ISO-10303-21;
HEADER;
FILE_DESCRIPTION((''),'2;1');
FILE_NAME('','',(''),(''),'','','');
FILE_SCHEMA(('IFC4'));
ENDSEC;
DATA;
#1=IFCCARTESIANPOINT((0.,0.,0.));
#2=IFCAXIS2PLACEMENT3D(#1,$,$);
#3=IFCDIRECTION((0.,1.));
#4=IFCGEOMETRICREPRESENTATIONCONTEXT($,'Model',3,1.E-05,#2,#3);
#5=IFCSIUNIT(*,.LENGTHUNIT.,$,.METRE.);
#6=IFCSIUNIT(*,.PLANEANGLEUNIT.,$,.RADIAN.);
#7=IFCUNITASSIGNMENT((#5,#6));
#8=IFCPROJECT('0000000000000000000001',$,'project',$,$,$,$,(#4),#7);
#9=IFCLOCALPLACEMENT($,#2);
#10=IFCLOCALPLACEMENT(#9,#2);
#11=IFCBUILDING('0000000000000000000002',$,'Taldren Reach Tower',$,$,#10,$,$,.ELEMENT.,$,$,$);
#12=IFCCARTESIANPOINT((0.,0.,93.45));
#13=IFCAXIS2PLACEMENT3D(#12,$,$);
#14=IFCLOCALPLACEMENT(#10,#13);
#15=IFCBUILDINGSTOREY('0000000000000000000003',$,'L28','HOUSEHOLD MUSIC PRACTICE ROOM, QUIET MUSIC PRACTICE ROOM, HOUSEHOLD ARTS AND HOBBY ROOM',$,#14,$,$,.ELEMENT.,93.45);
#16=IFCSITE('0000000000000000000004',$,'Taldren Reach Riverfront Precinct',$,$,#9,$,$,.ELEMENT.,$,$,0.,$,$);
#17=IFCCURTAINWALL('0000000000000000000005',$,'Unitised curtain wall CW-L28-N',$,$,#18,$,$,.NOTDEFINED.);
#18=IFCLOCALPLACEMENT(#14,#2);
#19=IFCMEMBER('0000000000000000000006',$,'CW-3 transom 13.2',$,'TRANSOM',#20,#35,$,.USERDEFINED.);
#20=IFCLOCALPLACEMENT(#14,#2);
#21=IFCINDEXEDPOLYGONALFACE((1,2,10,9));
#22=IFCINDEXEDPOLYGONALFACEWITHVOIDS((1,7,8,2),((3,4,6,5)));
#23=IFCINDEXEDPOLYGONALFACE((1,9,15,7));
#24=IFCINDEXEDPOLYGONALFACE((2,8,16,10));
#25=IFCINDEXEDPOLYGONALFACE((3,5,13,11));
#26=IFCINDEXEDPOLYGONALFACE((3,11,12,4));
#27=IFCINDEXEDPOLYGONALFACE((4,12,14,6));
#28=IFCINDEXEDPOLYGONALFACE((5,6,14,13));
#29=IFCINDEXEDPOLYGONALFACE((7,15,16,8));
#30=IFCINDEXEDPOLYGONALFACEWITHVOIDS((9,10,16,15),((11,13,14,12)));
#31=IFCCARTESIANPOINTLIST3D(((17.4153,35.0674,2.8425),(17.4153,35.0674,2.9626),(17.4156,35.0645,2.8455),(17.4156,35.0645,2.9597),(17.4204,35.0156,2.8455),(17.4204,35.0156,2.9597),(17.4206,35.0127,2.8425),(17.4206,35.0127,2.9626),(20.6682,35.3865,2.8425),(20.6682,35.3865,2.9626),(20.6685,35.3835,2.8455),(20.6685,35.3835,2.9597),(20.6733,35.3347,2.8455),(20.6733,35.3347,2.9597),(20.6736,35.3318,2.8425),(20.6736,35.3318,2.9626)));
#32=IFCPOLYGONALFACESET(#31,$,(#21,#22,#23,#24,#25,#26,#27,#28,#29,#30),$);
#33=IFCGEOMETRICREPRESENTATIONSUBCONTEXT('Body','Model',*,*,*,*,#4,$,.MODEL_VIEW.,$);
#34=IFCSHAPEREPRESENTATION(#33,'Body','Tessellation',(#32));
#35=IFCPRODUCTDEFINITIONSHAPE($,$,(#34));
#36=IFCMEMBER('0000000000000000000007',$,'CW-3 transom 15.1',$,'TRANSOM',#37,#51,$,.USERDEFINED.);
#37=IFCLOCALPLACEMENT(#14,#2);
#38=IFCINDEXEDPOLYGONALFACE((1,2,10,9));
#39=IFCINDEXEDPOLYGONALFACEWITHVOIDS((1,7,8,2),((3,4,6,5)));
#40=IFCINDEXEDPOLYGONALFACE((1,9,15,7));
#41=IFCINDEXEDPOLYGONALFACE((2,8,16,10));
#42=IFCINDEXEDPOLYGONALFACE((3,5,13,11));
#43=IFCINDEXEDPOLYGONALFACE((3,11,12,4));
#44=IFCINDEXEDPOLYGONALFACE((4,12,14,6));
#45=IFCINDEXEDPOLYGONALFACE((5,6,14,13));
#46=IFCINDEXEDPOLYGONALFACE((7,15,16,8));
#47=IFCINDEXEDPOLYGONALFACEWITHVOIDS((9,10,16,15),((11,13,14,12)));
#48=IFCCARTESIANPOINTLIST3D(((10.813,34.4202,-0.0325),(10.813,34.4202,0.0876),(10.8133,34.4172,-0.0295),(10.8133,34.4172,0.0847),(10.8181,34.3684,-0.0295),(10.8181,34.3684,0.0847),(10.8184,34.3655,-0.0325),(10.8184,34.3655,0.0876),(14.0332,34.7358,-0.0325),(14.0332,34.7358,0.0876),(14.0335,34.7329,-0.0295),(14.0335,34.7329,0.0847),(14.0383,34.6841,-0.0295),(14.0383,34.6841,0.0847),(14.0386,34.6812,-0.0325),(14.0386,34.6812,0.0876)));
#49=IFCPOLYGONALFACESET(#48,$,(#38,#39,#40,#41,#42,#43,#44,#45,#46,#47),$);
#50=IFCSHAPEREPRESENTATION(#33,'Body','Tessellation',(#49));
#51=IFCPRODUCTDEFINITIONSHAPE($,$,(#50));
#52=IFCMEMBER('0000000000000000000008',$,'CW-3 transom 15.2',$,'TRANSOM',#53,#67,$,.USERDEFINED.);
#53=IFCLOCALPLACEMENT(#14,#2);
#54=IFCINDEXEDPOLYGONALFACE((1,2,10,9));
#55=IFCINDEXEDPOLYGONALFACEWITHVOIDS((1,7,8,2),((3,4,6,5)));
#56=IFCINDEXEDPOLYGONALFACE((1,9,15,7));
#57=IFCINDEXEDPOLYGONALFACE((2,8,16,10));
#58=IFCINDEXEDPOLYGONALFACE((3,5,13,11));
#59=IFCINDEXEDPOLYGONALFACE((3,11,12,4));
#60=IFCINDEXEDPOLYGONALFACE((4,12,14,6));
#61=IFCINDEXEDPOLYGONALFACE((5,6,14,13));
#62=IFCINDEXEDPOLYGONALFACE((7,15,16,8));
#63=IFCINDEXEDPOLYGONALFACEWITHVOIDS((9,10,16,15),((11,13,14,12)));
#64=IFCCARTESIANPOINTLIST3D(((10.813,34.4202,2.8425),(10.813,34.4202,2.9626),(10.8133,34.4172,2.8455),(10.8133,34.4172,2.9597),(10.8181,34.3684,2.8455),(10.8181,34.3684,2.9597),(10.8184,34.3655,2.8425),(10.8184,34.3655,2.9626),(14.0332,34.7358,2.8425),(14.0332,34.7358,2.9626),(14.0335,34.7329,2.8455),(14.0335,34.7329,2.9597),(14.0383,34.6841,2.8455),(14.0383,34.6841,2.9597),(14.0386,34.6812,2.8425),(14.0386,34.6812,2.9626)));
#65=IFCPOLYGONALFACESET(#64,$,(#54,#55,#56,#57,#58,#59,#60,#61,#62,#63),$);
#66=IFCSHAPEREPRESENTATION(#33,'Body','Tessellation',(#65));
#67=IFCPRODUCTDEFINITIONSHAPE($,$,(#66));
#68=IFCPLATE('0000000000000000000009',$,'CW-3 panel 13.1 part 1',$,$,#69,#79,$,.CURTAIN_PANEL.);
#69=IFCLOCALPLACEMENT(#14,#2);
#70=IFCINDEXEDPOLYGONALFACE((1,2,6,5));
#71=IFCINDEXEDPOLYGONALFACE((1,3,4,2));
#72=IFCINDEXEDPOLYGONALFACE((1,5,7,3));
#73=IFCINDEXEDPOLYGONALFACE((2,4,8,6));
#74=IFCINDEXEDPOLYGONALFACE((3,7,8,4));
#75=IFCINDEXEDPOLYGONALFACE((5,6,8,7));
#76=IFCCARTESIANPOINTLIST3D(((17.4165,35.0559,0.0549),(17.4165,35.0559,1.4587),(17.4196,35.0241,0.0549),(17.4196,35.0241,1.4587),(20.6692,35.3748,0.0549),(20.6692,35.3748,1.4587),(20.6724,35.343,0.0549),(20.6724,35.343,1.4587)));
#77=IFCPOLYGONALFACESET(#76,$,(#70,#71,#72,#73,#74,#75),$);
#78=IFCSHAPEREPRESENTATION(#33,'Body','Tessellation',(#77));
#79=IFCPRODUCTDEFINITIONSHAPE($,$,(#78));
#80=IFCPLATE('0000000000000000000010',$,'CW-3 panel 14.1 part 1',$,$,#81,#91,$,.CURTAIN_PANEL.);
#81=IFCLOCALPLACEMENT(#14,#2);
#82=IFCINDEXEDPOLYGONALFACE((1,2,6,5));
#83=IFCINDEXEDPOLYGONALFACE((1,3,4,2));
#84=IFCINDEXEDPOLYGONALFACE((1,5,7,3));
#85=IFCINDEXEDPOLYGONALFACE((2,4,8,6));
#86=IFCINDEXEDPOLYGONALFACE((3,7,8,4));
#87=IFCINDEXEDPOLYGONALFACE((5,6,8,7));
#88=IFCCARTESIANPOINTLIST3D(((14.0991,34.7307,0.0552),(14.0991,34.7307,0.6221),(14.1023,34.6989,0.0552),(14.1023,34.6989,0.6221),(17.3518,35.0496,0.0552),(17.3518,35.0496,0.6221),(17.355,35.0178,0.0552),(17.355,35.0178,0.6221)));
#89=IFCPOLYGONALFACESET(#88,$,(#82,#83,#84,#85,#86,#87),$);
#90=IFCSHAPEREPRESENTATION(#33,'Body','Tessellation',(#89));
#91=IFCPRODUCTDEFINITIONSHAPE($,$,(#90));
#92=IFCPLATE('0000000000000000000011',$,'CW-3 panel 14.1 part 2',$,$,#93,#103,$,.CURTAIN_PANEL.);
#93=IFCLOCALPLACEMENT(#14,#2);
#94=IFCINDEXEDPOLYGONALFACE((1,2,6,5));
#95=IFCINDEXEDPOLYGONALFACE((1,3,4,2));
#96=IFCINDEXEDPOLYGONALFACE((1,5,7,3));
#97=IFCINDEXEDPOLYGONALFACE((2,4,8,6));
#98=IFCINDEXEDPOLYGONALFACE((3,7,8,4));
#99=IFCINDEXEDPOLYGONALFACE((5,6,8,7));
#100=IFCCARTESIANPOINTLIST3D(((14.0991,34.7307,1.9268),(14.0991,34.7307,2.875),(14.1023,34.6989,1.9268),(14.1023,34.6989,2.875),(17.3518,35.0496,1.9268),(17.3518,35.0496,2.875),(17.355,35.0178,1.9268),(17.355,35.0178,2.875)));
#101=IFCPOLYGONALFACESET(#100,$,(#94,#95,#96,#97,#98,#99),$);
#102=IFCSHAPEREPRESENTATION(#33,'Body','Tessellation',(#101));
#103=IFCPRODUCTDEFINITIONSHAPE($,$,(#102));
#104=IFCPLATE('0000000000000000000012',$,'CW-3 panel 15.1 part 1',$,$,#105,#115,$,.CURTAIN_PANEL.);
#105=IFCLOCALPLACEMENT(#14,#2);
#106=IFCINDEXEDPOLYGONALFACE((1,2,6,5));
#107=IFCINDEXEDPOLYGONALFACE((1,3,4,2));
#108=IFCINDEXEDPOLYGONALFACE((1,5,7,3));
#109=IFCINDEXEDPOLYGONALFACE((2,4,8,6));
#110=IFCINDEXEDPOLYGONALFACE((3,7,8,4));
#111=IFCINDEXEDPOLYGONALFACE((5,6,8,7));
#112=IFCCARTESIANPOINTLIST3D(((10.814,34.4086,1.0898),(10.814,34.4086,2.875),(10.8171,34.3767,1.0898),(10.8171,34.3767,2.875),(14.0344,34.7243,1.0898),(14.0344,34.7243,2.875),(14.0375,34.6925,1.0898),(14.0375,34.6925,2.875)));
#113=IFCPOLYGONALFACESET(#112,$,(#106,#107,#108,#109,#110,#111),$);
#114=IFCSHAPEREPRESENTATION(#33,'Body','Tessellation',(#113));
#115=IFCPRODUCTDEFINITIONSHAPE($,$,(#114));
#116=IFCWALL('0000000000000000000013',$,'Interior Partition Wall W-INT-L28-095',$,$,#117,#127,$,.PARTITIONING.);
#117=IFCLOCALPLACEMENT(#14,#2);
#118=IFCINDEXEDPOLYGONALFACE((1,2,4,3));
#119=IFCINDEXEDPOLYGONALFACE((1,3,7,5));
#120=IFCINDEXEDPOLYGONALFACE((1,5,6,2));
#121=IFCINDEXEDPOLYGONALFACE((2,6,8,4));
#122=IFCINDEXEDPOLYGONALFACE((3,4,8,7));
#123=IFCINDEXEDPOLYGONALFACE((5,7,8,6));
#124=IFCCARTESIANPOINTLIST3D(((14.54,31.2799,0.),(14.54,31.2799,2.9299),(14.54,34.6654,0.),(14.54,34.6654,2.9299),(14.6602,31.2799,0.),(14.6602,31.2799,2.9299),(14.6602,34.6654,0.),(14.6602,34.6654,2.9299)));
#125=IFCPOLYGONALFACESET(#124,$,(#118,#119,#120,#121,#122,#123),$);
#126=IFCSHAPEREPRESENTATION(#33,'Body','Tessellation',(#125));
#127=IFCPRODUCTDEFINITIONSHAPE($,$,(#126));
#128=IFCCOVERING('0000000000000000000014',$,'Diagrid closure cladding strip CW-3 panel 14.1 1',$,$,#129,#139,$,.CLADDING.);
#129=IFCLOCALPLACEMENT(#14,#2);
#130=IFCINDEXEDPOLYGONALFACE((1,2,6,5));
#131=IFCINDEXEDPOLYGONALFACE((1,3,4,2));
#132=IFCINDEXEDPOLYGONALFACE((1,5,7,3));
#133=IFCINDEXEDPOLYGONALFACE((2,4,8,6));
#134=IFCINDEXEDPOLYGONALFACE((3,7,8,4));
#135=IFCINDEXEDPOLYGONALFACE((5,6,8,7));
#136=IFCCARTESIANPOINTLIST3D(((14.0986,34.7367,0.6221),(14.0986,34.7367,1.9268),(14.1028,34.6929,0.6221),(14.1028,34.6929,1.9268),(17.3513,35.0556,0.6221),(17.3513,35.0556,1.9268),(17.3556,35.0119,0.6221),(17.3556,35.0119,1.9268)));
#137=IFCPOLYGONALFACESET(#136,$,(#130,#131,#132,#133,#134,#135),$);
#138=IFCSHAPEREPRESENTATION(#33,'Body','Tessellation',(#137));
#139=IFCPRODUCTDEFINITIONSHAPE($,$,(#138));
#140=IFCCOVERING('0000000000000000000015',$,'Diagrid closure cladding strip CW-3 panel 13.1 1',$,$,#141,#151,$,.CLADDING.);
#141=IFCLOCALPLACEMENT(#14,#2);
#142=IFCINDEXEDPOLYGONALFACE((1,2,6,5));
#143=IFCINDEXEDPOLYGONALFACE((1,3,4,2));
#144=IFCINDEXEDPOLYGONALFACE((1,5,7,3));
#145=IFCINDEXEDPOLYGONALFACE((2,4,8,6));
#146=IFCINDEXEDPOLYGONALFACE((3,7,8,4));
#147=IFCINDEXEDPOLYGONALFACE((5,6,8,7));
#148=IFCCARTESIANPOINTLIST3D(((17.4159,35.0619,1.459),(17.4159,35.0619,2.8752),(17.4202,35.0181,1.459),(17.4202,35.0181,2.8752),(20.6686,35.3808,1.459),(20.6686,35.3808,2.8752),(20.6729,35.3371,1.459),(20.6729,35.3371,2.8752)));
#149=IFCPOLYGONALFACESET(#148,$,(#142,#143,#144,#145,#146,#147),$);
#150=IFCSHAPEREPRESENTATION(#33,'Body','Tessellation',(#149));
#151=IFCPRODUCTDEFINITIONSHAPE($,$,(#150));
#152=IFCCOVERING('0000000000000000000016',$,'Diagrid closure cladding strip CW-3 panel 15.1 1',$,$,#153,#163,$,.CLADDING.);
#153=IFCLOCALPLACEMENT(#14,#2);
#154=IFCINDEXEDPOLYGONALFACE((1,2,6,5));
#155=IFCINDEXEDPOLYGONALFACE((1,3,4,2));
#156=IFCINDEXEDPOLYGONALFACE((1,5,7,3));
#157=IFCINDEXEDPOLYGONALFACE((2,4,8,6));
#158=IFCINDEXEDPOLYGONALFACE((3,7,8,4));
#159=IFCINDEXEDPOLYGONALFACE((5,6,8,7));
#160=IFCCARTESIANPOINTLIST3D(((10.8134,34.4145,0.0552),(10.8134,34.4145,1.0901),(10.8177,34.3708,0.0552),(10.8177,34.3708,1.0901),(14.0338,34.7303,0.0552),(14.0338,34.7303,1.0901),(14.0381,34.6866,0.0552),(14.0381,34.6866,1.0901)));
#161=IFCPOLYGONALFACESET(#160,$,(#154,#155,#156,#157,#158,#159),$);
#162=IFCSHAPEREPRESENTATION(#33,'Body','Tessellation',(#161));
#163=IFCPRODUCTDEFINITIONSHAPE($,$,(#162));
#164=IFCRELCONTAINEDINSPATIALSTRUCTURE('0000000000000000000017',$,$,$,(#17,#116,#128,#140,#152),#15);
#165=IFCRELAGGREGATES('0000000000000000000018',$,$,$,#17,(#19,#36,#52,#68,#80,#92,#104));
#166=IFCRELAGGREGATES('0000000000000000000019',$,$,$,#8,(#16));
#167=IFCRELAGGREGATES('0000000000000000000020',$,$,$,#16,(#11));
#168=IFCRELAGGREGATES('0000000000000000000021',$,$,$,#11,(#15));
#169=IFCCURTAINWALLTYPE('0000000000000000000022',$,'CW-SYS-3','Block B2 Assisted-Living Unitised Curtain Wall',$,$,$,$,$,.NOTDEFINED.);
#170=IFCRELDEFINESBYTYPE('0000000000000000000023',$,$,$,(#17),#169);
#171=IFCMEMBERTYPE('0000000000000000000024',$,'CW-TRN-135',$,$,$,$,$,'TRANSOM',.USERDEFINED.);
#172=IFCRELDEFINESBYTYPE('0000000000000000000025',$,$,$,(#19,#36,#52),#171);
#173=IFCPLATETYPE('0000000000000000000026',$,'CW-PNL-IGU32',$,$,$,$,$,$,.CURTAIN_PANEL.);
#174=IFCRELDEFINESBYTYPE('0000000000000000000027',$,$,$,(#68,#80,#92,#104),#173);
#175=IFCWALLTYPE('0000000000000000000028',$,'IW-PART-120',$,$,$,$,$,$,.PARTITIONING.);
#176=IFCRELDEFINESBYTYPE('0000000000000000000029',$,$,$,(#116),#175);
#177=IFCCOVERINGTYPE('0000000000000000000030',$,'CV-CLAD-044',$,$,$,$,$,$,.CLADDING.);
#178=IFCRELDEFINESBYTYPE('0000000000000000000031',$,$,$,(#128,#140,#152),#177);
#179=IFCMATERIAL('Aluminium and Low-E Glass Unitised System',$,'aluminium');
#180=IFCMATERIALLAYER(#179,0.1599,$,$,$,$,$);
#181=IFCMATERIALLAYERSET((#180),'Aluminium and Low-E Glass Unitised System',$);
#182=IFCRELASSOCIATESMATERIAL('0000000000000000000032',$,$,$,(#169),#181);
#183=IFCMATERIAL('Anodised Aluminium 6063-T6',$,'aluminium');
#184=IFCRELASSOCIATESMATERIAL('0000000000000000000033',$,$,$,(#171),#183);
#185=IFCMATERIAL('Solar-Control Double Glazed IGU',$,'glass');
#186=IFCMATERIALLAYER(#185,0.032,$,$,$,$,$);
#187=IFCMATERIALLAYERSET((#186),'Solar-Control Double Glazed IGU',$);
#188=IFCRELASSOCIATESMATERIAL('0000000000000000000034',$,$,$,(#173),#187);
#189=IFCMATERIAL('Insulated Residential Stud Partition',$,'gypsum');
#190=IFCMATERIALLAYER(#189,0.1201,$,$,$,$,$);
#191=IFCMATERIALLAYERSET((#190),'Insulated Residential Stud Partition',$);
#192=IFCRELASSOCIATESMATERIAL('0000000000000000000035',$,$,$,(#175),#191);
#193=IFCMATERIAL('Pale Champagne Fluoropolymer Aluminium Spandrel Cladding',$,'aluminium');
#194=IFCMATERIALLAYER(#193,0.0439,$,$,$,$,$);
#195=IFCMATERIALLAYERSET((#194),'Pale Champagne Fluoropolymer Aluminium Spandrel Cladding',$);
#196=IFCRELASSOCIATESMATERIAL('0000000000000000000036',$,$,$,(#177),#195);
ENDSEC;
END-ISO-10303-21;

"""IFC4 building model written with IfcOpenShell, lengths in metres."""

from ifc_helpers import new_model, si_unit, direction, frame, frame_2d, origin, origin_2d, place, context, subcontext, project, spatial, rectangle, hollow_rectangle, extrude, source, transform, mapped, material, layer, layer_set, material_profile, profile_set, type_object, element, aggregate, save


model = new_model("IFC4")

# Units and contexts
model_context = context("Model", 3, precision=1e-05, world=origin(), true_north=direction((0.0, 1.0)))
body_context = subcontext(model_context, "Body", "Model", "MODEL_VIEW")
ifc_project = project(units=[si_unit("LENGTHUNIT", "METRE"), si_unit("PLANEANGLEUNIT", "RADIAN")], contexts=[model_context])

# Site, building, storey
site_placement = place(None, origin())
site = spatial("IfcSite", under=ifc_project, at=site_placement, Name="Taldren Reach Riverfront Precinct", CompositionType="ELEMENT", RefElevation=0.0)
building_placement = place(site_placement, origin())
building = spatial("IfcBuilding", under=site, at=building_placement, Name="Taldren Reach Tower", CompositionType="ELEMENT")
storey_placement = place(building_placement, frame((0.0, 0.0, 93.45)))
storey = spatial("IfcBuildingStorey", under=building, at=storey_placement, Name="L28", Description="HOUSEHOLD MUSIC PRACTICE ROOM, QUIET MUSIC PRACTICE ROOM, HOUSEHOLD ARTS AND HOBBY ROOM", CompositionType="ELEMENT", Elevation=93.45)

# Curtain wall, members, plates
ifc_material_1 = material(Name="Aluminium and Low-E Glass Unitised System", Category="aluminium")
ifc_layer_1 = layer(ifc_material_1, 0.1599)
ifc_layer_set_1 = layer_set([ifc_layer_1], Name="Aluminium and Low-E Glass Unitised System")
curtain_wall_type = type_object("IfcCurtainWallType", Name="CW-SYS-3", Description="Block B2 Assisted-Living Unitised Curtain Wall", PredefinedType="NOTDEFINED", material=ifc_layer_set_1)
curtain_wall_placement = place(storey_placement, origin())
curtain_wall = element("IfcCurtainWall", 1, at=curtain_wall_placement, inside=storey, type_object=curtain_wall_type, Name="Unitised curtain wall CW-L28-N", PredefinedType="NOTDEFINED")
ifc_material_2 = material(Name="Anodised Aluminium 6063-T6", Category="aluminium")
ifc_material_profile_1 = material_profile(ifc_material_2, hollow_rectangle(XDim=0.0549, YDim=0.1201, WallThickness=0.0029, at=origin_2d()), Name="ALU-120x55x3RHS")
ifc_profile_set_1 = profile_set([ifc_material_profile_1], Name="Anodised Aluminium 6063-T6")
member_type_1 = type_object("IfcMemberType", Name="CW-TRN-135", ElementType="TRANSOM", PredefinedType="USERDEFINED", material=ifc_profile_set_1)
shared_shape_1 = source(origin(), body_context, "Body", "SweptSolid", [
    extrude(hollow_rectangle(XDim=0.0549, YDim=0.1201, WallThickness=0.0029, at=origin_2d()), origin(), (0.0, 0.0, 1.0), 3.2686),
])
member_1_placement = place(storey_placement, frame((20.6709, 35.3591, 2.9026), z_axis=(-0.995223, -0.097625, 0.0), x_axis=(0.097625, -0.995223, 0.0)))
member_1 = element("IfcMember", 2, at=member_1_placement, type_object=member_type_1, Name="CW-3 transom 13.2", ObjectType="TRANSOM", PredefinedType="USERDEFINED", context=body_context, shape_type="MappedRepresentation", body=[
    mapped(shared_shape_1, transform((0.0, 0.0, 0.0), scale=1.0)),
])
shared_shape_2 = source(origin(), body_context, "Body", "SweptSolid", [
    extrude(hollow_rectangle(XDim=0.0549, YDim=0.1201, WallThickness=0.0029, at=origin_2d()), origin(), (0.0, 0.0, 1.0), 3.2356),
])
member_2_placement = place(storey_placement, frame((14.0359, 34.7085, 0.0276), z_axis=(-0.99523, -0.097561, 0.0), x_axis=(0.097561, -0.99523, 0.0)))
member_2 = element("IfcMember", 3, at=member_2_placement, type_object=member_type_1, Name="CW-3 transom 15.1", ObjectType="TRANSOM", PredefinedType="USERDEFINED", context=body_context, shape_type="MappedRepresentation", body=[
    mapped(shared_shape_2, transform((0.0, 0.0, 0.0), scale=1.0)),
])
member_3_placement = place(storey_placement, frame((14.0359, 34.7085, 2.9026), z_axis=(-0.99523, -0.097561, 0.0), x_axis=(0.097561, -0.99523, 0.0)))
member_3 = element("IfcMember", 4, at=member_3_placement, type_object=member_type_1, Name="CW-3 transom 15.2", ObjectType="TRANSOM", PredefinedType="USERDEFINED", context=body_context, shape_type="MappedRepresentation", body=[
    mapped(shared_shape_2, transform((0.0, 0.0, 0.0), scale=1.0)),
])
ifc_material_3 = material(Name="Solar-Control Double Glazed IGU", Category="glass")
ifc_layer_2 = layer(ifc_material_3, 0.032)
ifc_layer_set_2 = layer_set([ifc_layer_2], Name="Solar-Control Double Glazed IGU")
plate_type = type_object("IfcPlateType", Name="CW-PNL-IGU32", PredefinedType="CURTAIN_PANEL", material=ifc_layer_set_2)
shared_shape_3 = source(origin(), body_context, "Body", "SweptSolid", [
    extrude(rectangle(XDim=3.2683, YDim=0.032, at=origin_2d()), origin(), (0.0, 0.0, 1.0), 1.4038),
])
plate_1_placement = place(storey_placement, frame((19.0444, 35.1995, 0.0549), z_axis=(0.0, 0.0, 1.0), x_axis=(-0.995227, -0.097583, 0.0)))
plate_1 = element("IfcPlate", 5, at=plate_1_placement, type_object=plate_type, Name="CW-3 panel 13.1 part 1", PredefinedType="CURTAIN_PANEL", context=body_context, shape_type="MappedRepresentation", body=[
    mapped(shared_shape_3, transform((0.0, 0.0, 0.0), scale=1.0)),
])
shared_shape_4 = source(origin(), body_context, "Body", "SweptSolid", [
    extrude(rectangle(XDim=3.2683, YDim=0.032, at=origin_2d()), origin(), (0.0, 0.0, 1.0), 0.5669),
])
plate_2_placement = place(storey_placement, frame((15.7271, 34.8743, 0.0552), z_axis=(0.0, 0.0, 1.0), x_axis=(-0.995227, -0.097583, 0.0)))
plate_2 = element("IfcPlate", 6, at=plate_2_placement, type_object=plate_type, Name="CW-3 panel 14.1 part 1", PredefinedType="CURTAIN_PANEL", context=body_context, shape_type="MappedRepresentation", body=[
    mapped(shared_shape_4, transform((0.0, 0.0, 0.0), scale=1.0)),
])
shared_shape_5 = source(origin(), body_context, "Body", "SweptSolid", [
    extrude(rectangle(XDim=3.2683, YDim=0.032, at=origin_2d()), origin(), (0.0, 0.0, 1.0), 0.9482),
])
plate_3_placement = place(storey_placement, frame((15.7271, 34.8743, 1.9268), z_axis=(0.0, 0.0, 1.0), x_axis=(-0.995227, -0.097583, 0.0)))
plate_3 = element("IfcPlate", 7, at=plate_3_placement, type_object=plate_type, Name="CW-3 panel 14.1 part 2", PredefinedType="CURTAIN_PANEL", context=body_context, shape_type="MappedRepresentation", body=[
    mapped(shared_shape_5, transform((0.0, 0.0, 0.0), scale=1.0)),
])
shared_shape_6 = source(origin(), body_context, "Body", "SweptSolid", [
    extrude(rectangle(XDim=3.2358, YDim=0.032, at=origin_2d()), origin(), (0.0, 0.0, 1.0), 1.7852),
])
plate_4_placement = place(storey_placement, frame((12.4258, 34.5505, 1.0898), z_axis=(0.0, 0.0, 1.0), x_axis=(-0.995227, -0.097583, 0.0)))
plate_4 = element("IfcPlate", 8, at=plate_4_placement, type_object=plate_type, Name="CW-3 panel 15.1 part 1", PredefinedType="CURTAIN_PANEL", context=body_context, shape_type="MappedRepresentation", body=[
    mapped(shared_shape_6, transform((0.0, 0.0, 0.0), scale=1.0)),
])
aggregate(curtain_wall, [member_1, member_2, member_3, plate_1, plate_2, plate_3, plate_4])

# Wall
ifc_material_4 = material(Name="Insulated Residential Stud Partition", Category="gypsum")
ifc_layer_3 = layer(ifc_material_4, 0.1201)
ifc_layer_set_3 = layer_set([ifc_layer_3], Name="Insulated Residential Stud Partition")
wall_type = type_object("IfcWallType", Name="IW-PART-120", PredefinedType="PARTITIONING", material=ifc_layer_set_3)
shared_shape_7 = source(origin(), body_context, "Body", "SweptSolid", [
    extrude(rectangle(XDim=3.3855, YDim=0.1201, at=frame_2d((1.6929, 0.0))), origin(), (0.0, 0.0, 1.0), 2.9299),
])
wall_placement = place(storey_placement, frame((14.6001, 34.6655, 0.0), z_axis=(0.0, 0.0, 1.0), x_axis=(0.0, -1.0, 0.0)))
element("IfcWall", 9, at=wall_placement, inside=storey, type_object=wall_type, Name="Interior Partition Wall W-INT-L28-095", PredefinedType="PARTITIONING", context=body_context, shape_type="MappedRepresentation", body=[
    mapped(shared_shape_7, transform((0.0, 0.0, 0.0), scale=1.0)),
])

# Coverings
ifc_material_5 = material(Name="Pale Champagne Fluoropolymer Aluminium Spandrel Cladding", Category="aluminium")
ifc_layer_4 = layer(ifc_material_5, 0.0439)
ifc_layer_set_4 = layer_set([ifc_layer_4], Name="Pale Champagne Fluoropolymer Aluminium Spandrel Cladding")
covering_type = type_object("IfcCoveringType", Name="CV-CLAD-044", PredefinedType="CLADDING", material=ifc_layer_set_4)
shared_shape_8 = source(origin(), body_context, "Body", "SweptSolid", [
    extrude(rectangle(XDim=3.2683, YDim=0.0439, at=origin_2d()), origin(), (0.0, 0.0, 1.0), 1.3047),
])
covering_1_placement = place(storey_placement, frame((15.7271, 34.8743, 0.6221), z_axis=(0.0, 0.0, 1.0), x_axis=(-0.995227, -0.097583, 0.0)))
element("IfcCovering", 10, at=covering_1_placement, inside=storey, type_object=covering_type, Name="Diagrid closure cladding strip CW-3 panel 14.1 1", PredefinedType="CLADDING", context=body_context, shape_type="MappedRepresentation", body=[
    mapped(shared_shape_8, transform((0.0, 0.0, 0.0), scale=1.0)),
])
shared_shape_9 = source(origin(), body_context, "Body", "SweptSolid", [
    extrude(rectangle(XDim=3.2683, YDim=0.0439, at=origin_2d()), origin(), (0.0, 0.0, 1.0), 1.4163),
])
covering_2_placement = place(storey_placement, frame((19.0444, 35.1995, 1.459), z_axis=(0.0, 0.0, 1.0), x_axis=(-0.995227, -0.097583, 0.0)))
element("IfcCovering", 11, at=covering_2_placement, inside=storey, type_object=covering_type, Name="Diagrid closure cladding strip CW-3 panel 13.1 1", PredefinedType="CLADDING", context=body_context, shape_type="MappedRepresentation", body=[
    mapped(shared_shape_9, transform((0.0, 0.0, 0.0), scale=1.0)),
])
shared_shape_10 = source(origin(), body_context, "Body", "SweptSolid", [
    extrude(rectangle(XDim=3.2358, YDim=0.0439, at=origin_2d()), origin(), (0.0, 0.0, 1.0), 1.0349),
])
covering_3_placement = place(storey_placement, frame((12.4258, 34.5505, 0.0552), z_axis=(0.0, 0.0, 1.0), x_axis=(-0.995227, -0.097583, 0.0)))
element("IfcCovering", 12, at=covering_3_placement, inside=storey, type_object=covering_type, Name="Diagrid closure cladding strip CW-3 panel 15.1 1", PredefinedType="CLADDING", context=body_context, shape_type="MappedRepresentation", body=[
    mapped(shared_shape_10, transform((0.0, 0.0, 0.0), scale=1.0)),
])

save(model, "model.ifc")
